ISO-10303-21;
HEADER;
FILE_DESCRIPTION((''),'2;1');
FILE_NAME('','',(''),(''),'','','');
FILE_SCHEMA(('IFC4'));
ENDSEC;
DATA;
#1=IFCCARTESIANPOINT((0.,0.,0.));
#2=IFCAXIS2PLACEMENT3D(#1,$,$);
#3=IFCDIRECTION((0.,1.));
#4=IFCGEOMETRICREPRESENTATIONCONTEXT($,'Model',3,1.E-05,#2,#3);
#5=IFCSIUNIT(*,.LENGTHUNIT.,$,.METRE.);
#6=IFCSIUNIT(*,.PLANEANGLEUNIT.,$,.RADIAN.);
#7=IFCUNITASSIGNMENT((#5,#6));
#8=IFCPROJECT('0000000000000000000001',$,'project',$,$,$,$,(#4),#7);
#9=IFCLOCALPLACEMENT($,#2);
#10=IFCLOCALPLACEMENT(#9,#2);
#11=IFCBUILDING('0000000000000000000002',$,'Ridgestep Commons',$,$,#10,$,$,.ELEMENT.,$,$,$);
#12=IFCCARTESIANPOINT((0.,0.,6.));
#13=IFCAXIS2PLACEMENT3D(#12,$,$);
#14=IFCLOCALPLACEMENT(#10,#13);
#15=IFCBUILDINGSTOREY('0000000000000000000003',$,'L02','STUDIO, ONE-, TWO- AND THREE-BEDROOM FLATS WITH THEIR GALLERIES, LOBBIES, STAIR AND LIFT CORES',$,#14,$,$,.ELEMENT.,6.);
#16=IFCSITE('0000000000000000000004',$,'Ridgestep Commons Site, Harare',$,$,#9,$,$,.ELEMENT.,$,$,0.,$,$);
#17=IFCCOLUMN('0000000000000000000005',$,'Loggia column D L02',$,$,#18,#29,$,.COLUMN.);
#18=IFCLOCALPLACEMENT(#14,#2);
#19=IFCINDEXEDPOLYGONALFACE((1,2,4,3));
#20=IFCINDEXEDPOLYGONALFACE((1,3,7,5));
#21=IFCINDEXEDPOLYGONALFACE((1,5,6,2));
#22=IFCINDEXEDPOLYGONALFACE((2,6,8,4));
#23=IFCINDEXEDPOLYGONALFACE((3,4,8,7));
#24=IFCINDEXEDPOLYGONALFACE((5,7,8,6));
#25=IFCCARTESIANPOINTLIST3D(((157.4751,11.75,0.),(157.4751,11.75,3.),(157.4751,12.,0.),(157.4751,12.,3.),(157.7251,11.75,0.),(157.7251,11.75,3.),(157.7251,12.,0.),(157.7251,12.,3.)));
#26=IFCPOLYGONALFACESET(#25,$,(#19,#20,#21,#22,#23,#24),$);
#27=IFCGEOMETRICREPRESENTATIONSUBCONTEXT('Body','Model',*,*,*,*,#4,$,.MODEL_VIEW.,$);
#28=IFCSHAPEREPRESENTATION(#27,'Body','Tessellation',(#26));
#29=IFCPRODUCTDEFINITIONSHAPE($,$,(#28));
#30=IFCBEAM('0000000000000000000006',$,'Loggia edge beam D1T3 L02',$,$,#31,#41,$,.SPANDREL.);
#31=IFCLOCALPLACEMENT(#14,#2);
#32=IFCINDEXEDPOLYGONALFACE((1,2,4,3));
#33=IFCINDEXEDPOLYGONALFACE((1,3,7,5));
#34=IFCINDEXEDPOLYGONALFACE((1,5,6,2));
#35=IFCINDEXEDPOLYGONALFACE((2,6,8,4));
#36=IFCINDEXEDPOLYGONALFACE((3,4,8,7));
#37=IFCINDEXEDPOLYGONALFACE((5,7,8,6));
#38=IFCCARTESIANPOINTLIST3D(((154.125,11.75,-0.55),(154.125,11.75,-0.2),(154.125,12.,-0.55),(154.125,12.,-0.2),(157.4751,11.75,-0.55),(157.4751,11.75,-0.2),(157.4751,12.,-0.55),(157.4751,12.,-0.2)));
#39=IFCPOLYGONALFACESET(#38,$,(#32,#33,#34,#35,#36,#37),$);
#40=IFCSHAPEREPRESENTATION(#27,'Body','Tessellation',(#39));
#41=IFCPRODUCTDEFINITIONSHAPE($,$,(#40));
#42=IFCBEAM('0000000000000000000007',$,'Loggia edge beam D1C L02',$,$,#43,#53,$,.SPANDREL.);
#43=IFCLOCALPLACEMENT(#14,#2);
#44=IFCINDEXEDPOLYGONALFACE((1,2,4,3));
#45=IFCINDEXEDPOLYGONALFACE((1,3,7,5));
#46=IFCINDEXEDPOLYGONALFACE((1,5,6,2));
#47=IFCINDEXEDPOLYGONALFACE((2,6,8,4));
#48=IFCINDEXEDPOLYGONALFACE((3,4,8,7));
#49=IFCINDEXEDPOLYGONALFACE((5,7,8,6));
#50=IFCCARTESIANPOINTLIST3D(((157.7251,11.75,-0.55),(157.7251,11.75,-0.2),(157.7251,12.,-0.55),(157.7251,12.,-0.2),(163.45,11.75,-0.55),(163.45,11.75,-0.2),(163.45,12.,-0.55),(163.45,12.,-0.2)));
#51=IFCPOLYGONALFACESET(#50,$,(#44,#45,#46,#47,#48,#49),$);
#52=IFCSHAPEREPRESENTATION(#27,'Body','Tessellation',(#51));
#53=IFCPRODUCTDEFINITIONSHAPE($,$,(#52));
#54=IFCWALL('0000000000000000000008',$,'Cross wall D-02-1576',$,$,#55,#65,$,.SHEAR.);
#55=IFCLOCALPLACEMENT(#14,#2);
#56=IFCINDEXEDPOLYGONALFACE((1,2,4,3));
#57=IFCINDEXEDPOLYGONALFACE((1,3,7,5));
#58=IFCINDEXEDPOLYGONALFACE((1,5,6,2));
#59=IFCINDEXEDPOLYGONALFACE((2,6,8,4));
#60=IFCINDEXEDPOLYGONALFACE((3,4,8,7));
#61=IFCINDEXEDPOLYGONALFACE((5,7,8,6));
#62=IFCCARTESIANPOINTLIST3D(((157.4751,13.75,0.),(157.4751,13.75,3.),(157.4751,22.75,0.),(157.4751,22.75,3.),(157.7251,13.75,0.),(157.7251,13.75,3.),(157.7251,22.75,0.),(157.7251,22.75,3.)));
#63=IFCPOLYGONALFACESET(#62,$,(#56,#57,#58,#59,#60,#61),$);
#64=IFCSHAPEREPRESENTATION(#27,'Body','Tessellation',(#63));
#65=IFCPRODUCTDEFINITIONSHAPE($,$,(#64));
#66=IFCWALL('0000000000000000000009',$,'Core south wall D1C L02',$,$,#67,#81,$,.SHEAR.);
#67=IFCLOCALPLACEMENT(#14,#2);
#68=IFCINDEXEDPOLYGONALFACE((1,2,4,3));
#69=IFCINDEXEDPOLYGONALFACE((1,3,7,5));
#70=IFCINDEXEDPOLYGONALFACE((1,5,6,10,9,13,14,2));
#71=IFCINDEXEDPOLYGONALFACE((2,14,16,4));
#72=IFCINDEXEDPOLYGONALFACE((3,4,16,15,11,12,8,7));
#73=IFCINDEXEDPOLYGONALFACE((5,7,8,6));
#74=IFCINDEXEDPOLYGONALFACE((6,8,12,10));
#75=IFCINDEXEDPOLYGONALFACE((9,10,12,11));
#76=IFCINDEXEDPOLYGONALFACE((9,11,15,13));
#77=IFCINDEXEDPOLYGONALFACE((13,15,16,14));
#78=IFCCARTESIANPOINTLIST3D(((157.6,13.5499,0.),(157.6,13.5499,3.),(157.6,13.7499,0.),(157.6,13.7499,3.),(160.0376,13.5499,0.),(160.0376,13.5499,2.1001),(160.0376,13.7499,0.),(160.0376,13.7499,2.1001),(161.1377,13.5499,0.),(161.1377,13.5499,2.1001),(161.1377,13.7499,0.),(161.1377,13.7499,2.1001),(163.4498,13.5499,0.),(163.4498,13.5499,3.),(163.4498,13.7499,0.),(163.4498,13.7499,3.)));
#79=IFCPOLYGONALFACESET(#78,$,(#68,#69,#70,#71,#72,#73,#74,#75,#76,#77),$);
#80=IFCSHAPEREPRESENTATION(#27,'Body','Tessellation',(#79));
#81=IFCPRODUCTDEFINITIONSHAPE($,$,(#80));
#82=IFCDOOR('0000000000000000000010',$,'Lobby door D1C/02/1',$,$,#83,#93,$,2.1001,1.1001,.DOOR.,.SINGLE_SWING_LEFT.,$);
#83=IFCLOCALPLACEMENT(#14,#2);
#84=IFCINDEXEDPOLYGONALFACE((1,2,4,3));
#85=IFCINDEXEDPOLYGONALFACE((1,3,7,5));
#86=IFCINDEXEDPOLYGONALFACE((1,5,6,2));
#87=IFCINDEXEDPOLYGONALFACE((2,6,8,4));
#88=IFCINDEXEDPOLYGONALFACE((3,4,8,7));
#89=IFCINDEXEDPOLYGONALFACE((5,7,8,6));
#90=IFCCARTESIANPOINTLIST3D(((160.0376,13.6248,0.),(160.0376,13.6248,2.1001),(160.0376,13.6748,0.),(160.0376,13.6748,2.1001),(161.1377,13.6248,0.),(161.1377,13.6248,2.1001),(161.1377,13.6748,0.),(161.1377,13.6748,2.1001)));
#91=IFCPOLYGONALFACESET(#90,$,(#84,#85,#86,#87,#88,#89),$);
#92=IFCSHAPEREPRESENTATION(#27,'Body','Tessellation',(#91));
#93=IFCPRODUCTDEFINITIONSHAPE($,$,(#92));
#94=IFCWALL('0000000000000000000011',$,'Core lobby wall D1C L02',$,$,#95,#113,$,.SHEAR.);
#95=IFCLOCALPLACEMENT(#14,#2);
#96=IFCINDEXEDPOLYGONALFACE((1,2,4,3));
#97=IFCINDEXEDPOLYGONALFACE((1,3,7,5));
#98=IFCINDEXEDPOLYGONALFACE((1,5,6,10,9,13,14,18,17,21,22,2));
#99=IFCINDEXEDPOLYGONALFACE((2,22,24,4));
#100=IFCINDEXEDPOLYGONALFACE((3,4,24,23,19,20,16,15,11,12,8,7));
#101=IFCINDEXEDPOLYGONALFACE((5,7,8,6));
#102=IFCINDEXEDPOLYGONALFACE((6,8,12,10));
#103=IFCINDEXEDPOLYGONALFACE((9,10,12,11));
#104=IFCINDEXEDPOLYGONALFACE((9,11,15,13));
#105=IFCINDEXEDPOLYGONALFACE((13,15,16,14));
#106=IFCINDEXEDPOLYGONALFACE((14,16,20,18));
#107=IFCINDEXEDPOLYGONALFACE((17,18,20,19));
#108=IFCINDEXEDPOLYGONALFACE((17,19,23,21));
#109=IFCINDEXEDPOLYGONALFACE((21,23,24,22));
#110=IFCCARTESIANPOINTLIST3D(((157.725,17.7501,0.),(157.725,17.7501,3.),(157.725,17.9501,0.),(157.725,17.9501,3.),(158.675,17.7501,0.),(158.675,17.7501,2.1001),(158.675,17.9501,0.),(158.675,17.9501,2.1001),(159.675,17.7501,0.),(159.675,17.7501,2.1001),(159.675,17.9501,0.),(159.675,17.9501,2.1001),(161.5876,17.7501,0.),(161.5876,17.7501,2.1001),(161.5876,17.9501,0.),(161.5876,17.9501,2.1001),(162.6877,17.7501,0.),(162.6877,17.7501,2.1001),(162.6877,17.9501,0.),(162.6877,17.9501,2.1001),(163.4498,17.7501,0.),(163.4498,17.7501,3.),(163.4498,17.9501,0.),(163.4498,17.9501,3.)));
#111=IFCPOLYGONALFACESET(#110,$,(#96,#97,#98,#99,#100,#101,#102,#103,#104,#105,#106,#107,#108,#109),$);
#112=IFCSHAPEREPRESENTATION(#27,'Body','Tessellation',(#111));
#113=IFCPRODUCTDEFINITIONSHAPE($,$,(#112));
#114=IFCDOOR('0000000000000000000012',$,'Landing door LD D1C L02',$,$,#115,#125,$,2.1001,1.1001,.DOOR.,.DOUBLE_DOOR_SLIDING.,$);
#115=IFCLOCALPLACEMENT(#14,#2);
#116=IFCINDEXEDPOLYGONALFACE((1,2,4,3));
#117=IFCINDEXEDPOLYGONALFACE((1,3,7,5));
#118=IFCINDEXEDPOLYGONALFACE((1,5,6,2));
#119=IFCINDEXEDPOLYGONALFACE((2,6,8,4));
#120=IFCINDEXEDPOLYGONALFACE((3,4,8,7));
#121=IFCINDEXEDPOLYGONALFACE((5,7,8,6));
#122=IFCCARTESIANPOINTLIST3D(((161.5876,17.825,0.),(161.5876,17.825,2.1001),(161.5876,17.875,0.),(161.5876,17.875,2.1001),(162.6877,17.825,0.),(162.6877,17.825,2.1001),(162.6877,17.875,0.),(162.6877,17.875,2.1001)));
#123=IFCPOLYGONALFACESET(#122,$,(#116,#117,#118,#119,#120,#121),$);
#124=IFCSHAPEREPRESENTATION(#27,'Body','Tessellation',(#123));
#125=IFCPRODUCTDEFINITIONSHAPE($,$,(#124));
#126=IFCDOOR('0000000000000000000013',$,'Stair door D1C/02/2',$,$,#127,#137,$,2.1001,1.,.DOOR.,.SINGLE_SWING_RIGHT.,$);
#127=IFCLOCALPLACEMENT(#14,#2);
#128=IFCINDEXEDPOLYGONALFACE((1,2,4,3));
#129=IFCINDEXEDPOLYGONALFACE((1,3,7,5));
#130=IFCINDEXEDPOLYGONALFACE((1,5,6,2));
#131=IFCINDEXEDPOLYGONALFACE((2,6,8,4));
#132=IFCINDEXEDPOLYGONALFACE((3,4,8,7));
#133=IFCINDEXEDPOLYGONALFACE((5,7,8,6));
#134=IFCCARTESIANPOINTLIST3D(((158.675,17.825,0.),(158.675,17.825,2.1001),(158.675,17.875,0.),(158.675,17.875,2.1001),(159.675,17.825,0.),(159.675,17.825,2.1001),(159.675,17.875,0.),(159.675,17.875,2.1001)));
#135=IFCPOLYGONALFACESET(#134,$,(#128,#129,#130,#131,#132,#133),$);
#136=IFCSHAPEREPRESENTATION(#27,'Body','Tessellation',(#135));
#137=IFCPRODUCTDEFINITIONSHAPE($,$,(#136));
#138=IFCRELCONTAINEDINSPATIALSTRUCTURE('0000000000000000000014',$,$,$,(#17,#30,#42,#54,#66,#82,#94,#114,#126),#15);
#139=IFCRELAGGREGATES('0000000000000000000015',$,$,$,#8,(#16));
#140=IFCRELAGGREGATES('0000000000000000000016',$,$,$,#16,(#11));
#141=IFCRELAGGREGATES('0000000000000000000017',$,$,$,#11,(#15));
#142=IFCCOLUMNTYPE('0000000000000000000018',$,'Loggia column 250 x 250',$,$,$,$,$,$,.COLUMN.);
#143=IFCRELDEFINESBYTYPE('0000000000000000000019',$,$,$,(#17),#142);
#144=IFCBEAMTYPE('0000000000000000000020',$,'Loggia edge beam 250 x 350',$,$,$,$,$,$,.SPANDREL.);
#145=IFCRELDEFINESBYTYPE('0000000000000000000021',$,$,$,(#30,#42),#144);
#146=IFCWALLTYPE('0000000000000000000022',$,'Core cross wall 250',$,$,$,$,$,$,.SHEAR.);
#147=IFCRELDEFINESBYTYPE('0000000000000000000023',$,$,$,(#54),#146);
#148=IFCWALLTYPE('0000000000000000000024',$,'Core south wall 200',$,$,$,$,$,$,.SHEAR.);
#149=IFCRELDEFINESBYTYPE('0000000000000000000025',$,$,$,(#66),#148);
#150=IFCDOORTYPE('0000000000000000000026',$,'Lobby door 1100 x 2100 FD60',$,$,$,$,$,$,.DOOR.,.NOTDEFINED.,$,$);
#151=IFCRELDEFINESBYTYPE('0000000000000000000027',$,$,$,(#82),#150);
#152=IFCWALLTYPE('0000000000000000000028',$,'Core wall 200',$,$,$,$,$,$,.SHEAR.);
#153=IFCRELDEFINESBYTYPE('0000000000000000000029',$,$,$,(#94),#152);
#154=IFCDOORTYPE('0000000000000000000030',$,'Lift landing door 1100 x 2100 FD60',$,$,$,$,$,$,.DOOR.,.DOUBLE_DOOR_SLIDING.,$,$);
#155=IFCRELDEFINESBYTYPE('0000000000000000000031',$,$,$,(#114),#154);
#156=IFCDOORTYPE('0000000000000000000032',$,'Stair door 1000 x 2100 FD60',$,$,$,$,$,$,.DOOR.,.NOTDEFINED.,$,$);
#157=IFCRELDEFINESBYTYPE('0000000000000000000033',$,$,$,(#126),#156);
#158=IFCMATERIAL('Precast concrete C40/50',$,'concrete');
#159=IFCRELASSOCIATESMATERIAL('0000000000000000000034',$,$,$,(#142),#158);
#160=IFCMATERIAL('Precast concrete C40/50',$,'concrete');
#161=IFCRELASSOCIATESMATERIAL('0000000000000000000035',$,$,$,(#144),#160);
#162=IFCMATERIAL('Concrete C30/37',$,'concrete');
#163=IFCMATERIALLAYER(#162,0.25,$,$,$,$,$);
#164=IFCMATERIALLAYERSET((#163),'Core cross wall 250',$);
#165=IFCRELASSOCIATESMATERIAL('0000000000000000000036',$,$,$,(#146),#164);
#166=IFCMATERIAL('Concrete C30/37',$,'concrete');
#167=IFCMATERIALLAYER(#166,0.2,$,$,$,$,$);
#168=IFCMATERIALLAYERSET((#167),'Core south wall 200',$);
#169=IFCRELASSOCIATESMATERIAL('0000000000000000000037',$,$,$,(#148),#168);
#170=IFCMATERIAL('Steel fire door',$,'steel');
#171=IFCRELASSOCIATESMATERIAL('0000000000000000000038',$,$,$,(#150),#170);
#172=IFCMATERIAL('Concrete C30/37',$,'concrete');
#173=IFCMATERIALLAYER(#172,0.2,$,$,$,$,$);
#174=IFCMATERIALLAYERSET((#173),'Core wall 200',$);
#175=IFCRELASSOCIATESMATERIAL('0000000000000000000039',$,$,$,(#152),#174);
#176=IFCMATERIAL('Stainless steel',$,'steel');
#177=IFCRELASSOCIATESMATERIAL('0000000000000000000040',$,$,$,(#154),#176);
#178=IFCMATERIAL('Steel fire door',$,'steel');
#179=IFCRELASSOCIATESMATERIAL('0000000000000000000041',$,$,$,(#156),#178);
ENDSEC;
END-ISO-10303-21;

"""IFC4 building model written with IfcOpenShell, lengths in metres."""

from ifc_helpers import new_model, si_unit, direction, frame, frame_2d, origin, origin_2d, place, context, subcontext, project, spatial, rectangle, extrude, material, layer, layer_set, material_profile, profile_set, type_object, element, fill, save


model = new_model("IFC4")

# Units and contexts
model_context = context("Model", 3, precision=1e-05, world=origin(), true_north=direction((0.0, 1.0)))
body_context = subcontext(model_context, "Body", "Model", "MODEL_VIEW")
ifc_project = project(units=[si_unit("LENGTHUNIT", "METRE"), si_unit("PLANEANGLEUNIT", "RADIAN")], contexts=[model_context])

# Site, building, storey
site_placement = place(None, origin())
site = spatial("IfcSite", under=ifc_project, at=site_placement, Name="Ridgestep Commons Site, Harare", CompositionType="ELEMENT", RefElevation=0.0)
building_placement = place(site_placement, origin())
building = spatial("IfcBuilding", under=site, at=building_placement, Name="Ridgestep Commons", CompositionType="ELEMENT")
storey_placement = place(building_placement, frame((0.0, 0.0, 6.0)))
storey = spatial("IfcBuildingStorey", under=building, at=storey_placement, Name="L02", Description="STUDIO, ONE-, TWO- AND THREE-BEDROOM FLATS WITH THEIR GALLERIES, LOBBIES, STAIR AND LIFT CORES", CompositionType="ELEMENT", Elevation=6.0)

# Column
ifc_material_1 = material(Name="Precast concrete C40/50", Category="concrete")
ifc_material_profile_1 = material_profile(ifc_material_1, rectangle(XDim=0.25, YDim=0.25, at=origin_2d()), Name="PC 250x250")
ifc_profile_set_1 = profile_set([ifc_material_profile_1], Name="Precast concrete C40/50")
column_type = type_object("IfcColumnType", Name="Loggia column 250 x 250", PredefinedType="COLUMN", material=ifc_profile_set_1)
column_placement = place(storey_placement, frame((157.6001, 11.875, 0.0), z_axis=(0.0, 0.0, 1.0), x_axis=(1.0, 0.0, 0.0)))
element("IfcColumn", 1, at=column_placement, inside=storey, type_object=column_type, Name="Loggia column D L02", PredefinedType="COLUMN", context=body_context, shape_type="SweptSolid", body=[
    extrude(rectangle(XDim=0.25, YDim=0.25, at=origin_2d()), origin(), (0.0, 0.0, 1.0), 3.0),
])

# Beams
ifc_material_2 = material(Name="Precast concrete C40/50", Category="concrete")
ifc_material_profile_2 = material_profile(ifc_material_2, rectangle(XDim=0.25, YDim=0.3501, at=origin_2d()), Name="PC 250x350")
ifc_profile_set_2 = profile_set([ifc_material_profile_2], Name="Precast concrete C40/50")
beam_type = type_object("IfcBeamType", Name="Loggia edge beam 250 x 350", PredefinedType="SPANDREL", material=ifc_profile_set_2)
beam_1_placement = place(storey_placement, frame((154.125, 11.875, -0.375), z_axis=(1.0, 0.0, 0.0), x_axis=(0.0, 1.0, 0.0)))
element("IfcBeam", 2, at=beam_1_placement, inside=storey, type_object=beam_type, Name="Loggia edge beam D1T3 L02", PredefinedType="SPANDREL", context=body_context, shape_type="SweptSolid", body=[
    extrude(rectangle(XDim=0.25, YDim=0.3501, at=origin_2d()), origin(), (0.0, 0.0, 1.0), 3.3501),
])
beam_2_placement = place(storey_placement, frame((157.7251, 11.875, -0.375), z_axis=(1.0, 0.0, 0.0), x_axis=(0.0, 1.0, 0.0)))
element("IfcBeam", 3, at=beam_2_placement, inside=storey, type_object=beam_type, Name="Loggia edge beam D1C L02", PredefinedType="SPANDREL", context=body_context, shape_type="SweptSolid", body=[
    extrude(rectangle(XDim=0.25, YDim=0.3501, at=origin_2d()), origin(), (0.0, 0.0, 1.0), 5.7249),
])

# Wall
ifc_material_3 = material(Name="Concrete C30/37", Category="concrete")
ifc_layer_1 = layer(ifc_material_3, 0.25)
ifc_layer_set_1 = layer_set([ifc_layer_1], Name="Core cross wall 250")
wall_type_1 = type_object("IfcWallType", Name="Core cross wall 250", PredefinedType="SHEAR", material=ifc_layer_set_1)
wall_1_placement = place(storey_placement, frame((157.6001, 13.75, 0.0), z_axis=(0.0, 0.0, 1.0), x_axis=(0.0, 1.0, 0.0)))
element("IfcWall", 4, at=wall_1_placement, inside=storey, type_object=wall_type_1, Name="Cross wall D-02-1576", PredefinedType="SHEAR", context=body_context, shape_type="SweptSolid", body=[
    extrude(rectangle(XDim=9.0, YDim=0.25, at=frame_2d((4.5, 0.0))), origin(), (0.0, 0.0, 1.0), 3.0),
])

# Wall, opening, door
ifc_material_4 = material(Name="Concrete C30/37", Category="concrete")
ifc_layer_2 = layer(ifc_material_4, 0.2)
ifc_layer_set_2 = layer_set([ifc_layer_2], Name="Core south wall 200")
wall_type_2 = type_object("IfcWallType", Name="Core south wall 200", PredefinedType="SHEAR", material=ifc_layer_set_2)
wall_2_placement = place(storey_placement, frame((157.6001, 13.6499, 0.0), z_axis=(0.0, 0.0, 1.0), x_axis=(1.0, 0.0, 0.0)))
wall_2 = element("IfcWall", 5, at=wall_2_placement, inside=storey, type_object=wall_type_2, Name="Core south wall D1C L02", PredefinedType="SHEAR", context=body_context, shape_type="SweptSolid", body=[
    extrude(rectangle(XDim=5.8499, YDim=0.2, at=frame_2d((2.9248, 0.0))), origin(), (0.0, 0.0, 1.0), 3.0),
])
opening_1_placement = place(wall_2_placement, frame((2.4375, 0.0, 0.0)))
opening_1 = element("IfcOpeningElement", 6, at=opening_1_placement, cuts=wall_2, PredefinedType="OPENING", context=body_context, shape_type="SweptSolid", body=[
    extrude(rectangle(XDim=1.1001, YDim=2.1001, at=frame_2d((0.55, 1.05))), frame((0.0, 0.1099, 0.0), z_axis=(0.0, -1.0, 0.0), x_axis=(1.0, 0.0, 0.0)), (0.0, 0.0, 1.0), 0.22),
])
ifc_material_5 = material(Name="Steel fire door", Category="steel")
door_type_1 = type_object("IfcDoorType", Name="Lobby door 1100 x 2100 FD60", OperationType="NOTDEFINED", PredefinedType="DOOR", material=ifc_material_5)
door_1_placement = place(opening_1_placement, origin())
door_1 = element("IfcDoor", 7, at=door_1_placement, inside=storey, type_object=door_type_1, Name="Lobby door D1C/02/1", OperationType="SINGLE_SWING_LEFT", OverallHeight=2.1001, OverallWidth=1.1001, PredefinedType="DOOR", context=body_context, shape_type="SweptSolid", body=[
    extrude(rectangle(XDim=1.1001, YDim=2.1001, at=frame_2d((0.55, 1.05))), frame((0.0, 0.0249, 0.0), z_axis=(0.0, -1.0, 0.0), x_axis=(1.0, 0.0, 0.0)), (0.0, 0.0, 1.0), 0.05),
])
fill(opening_1, door_1)

# Wall, openings, doors
ifc_material_6 = material(Name="Concrete C30/37", Category="concrete")
ifc_layer_3 = layer(ifc_material_6, 0.2)
ifc_layer_set_3 = layer_set([ifc_layer_3], Name="Core wall 200")
wall_type_3 = type_object("IfcWallType", Name="Core wall 200", PredefinedType="SHEAR", material=ifc_layer_set_3)
wall_3_placement = place(storey_placement, frame((157.7251, 17.8501, 0.0), z_axis=(0.0, 0.0, 1.0), x_axis=(1.0, 0.0, 0.0)))
wall_3 = element("IfcWall", 8, at=wall_3_placement, inside=storey, type_object=wall_type_3, Name="Core lobby wall D1C L02", PredefinedType="SHEAR", context=body_context, shape_type="SweptSolid", body=[
    extrude(rectangle(XDim=5.7249, YDim=0.2, at=frame_2d((2.8623, 0.0))), origin(), (0.0, 0.0, 1.0), 3.0),
])
opening_2_placement = place(wall_3_placement, frame((0.95, 0.0, 0.0)))
opening_2 = element("IfcOpeningElement", 9, at=opening_2_placement, cuts=wall_3, PredefinedType="OPENING", context=body_context, shape_type="SweptSolid", body=[
    extrude(rectangle(XDim=1.0, YDim=2.1001, at=frame_2d((0.5, 1.05))), frame((0.0, 0.1099, 0.0), z_axis=(0.0, -1.0, 0.0), x_axis=(1.0, 0.0, 0.0)), (0.0, 0.0, 1.0), 0.22),
])
opening_3_placement = place(wall_3_placement, frame((3.8625, 0.0, 0.0)))
opening_3 = element("IfcOpeningElement", 10, at=opening_3_placement, cuts=wall_3, PredefinedType="OPENING", context=body_context, shape_type="SweptSolid", body=[
    extrude(rectangle(XDim=1.1001, YDim=2.1001, at=frame_2d((0.55, 1.05))), frame((0.0, 0.1099, 0.0), z_axis=(0.0, -1.0, 0.0), x_axis=(1.0, 0.0, 0.0)), (0.0, 0.0, 1.0), 0.22),
])
ifc_material_7 = material(Name="Stainless steel", Category="steel")
door_type_2 = type_object("IfcDoorType", Name="Lift landing door 1100 x 2100 FD60", OperationType="DOUBLE_DOOR_SLIDING", PredefinedType="DOOR", material=ifc_material_7)
door_2_placement = place(opening_3_placement, origin())
door_2 = element("IfcDoor", 11, at=door_2_placement, inside=storey, type_object=door_type_2, Name="Landing door LD D1C L02", OperationType="DOUBLE_DOOR_SLIDING", OverallHeight=2.1001, OverallWidth=1.1001, PredefinedType="DOOR", context=body_context, shape_type="SweptSolid", body=[
    extrude(rectangle(XDim=1.1001, YDim=2.1001, at=frame_2d((0.55, 1.05))), frame((0.0, 0.0249, 0.0), z_axis=(0.0, -1.0, 0.0), x_axis=(1.0, 0.0, 0.0)), (0.0, 0.0, 1.0), 0.05),
])
fill(opening_3, door_2)
ifc_material_8 = material(Name="Steel fire door", Category="steel")
door_type_3 = type_object("IfcDoorType", Name="Stair door 1000 x 2100 FD60", OperationType="NOTDEFINED", PredefinedType="DOOR", material=ifc_material_8)
door_3_placement = place(opening_2_placement, origin())
door_3 = element("IfcDoor", 12, at=door_3_placement, inside=storey, type_object=door_type_3, Name="Stair door D1C/02/2", OperationType="SINGLE_SWING_RIGHT", OverallHeight=2.1001, OverallWidth=1.0, PredefinedType="DOOR", context=body_context, shape_type="SweptSolid", body=[
    extrude(rectangle(XDim=1.0, YDim=2.1001, at=frame_2d((0.5, 1.05))), frame((0.0, 0.0249, 0.0), z_axis=(0.0, -1.0, 0.0), x_axis=(1.0, 0.0, 0.0)), (0.0, 0.0, 1.0), 0.05),
])
fill(opening_2, door_3)

save(model, "model.ifc")
